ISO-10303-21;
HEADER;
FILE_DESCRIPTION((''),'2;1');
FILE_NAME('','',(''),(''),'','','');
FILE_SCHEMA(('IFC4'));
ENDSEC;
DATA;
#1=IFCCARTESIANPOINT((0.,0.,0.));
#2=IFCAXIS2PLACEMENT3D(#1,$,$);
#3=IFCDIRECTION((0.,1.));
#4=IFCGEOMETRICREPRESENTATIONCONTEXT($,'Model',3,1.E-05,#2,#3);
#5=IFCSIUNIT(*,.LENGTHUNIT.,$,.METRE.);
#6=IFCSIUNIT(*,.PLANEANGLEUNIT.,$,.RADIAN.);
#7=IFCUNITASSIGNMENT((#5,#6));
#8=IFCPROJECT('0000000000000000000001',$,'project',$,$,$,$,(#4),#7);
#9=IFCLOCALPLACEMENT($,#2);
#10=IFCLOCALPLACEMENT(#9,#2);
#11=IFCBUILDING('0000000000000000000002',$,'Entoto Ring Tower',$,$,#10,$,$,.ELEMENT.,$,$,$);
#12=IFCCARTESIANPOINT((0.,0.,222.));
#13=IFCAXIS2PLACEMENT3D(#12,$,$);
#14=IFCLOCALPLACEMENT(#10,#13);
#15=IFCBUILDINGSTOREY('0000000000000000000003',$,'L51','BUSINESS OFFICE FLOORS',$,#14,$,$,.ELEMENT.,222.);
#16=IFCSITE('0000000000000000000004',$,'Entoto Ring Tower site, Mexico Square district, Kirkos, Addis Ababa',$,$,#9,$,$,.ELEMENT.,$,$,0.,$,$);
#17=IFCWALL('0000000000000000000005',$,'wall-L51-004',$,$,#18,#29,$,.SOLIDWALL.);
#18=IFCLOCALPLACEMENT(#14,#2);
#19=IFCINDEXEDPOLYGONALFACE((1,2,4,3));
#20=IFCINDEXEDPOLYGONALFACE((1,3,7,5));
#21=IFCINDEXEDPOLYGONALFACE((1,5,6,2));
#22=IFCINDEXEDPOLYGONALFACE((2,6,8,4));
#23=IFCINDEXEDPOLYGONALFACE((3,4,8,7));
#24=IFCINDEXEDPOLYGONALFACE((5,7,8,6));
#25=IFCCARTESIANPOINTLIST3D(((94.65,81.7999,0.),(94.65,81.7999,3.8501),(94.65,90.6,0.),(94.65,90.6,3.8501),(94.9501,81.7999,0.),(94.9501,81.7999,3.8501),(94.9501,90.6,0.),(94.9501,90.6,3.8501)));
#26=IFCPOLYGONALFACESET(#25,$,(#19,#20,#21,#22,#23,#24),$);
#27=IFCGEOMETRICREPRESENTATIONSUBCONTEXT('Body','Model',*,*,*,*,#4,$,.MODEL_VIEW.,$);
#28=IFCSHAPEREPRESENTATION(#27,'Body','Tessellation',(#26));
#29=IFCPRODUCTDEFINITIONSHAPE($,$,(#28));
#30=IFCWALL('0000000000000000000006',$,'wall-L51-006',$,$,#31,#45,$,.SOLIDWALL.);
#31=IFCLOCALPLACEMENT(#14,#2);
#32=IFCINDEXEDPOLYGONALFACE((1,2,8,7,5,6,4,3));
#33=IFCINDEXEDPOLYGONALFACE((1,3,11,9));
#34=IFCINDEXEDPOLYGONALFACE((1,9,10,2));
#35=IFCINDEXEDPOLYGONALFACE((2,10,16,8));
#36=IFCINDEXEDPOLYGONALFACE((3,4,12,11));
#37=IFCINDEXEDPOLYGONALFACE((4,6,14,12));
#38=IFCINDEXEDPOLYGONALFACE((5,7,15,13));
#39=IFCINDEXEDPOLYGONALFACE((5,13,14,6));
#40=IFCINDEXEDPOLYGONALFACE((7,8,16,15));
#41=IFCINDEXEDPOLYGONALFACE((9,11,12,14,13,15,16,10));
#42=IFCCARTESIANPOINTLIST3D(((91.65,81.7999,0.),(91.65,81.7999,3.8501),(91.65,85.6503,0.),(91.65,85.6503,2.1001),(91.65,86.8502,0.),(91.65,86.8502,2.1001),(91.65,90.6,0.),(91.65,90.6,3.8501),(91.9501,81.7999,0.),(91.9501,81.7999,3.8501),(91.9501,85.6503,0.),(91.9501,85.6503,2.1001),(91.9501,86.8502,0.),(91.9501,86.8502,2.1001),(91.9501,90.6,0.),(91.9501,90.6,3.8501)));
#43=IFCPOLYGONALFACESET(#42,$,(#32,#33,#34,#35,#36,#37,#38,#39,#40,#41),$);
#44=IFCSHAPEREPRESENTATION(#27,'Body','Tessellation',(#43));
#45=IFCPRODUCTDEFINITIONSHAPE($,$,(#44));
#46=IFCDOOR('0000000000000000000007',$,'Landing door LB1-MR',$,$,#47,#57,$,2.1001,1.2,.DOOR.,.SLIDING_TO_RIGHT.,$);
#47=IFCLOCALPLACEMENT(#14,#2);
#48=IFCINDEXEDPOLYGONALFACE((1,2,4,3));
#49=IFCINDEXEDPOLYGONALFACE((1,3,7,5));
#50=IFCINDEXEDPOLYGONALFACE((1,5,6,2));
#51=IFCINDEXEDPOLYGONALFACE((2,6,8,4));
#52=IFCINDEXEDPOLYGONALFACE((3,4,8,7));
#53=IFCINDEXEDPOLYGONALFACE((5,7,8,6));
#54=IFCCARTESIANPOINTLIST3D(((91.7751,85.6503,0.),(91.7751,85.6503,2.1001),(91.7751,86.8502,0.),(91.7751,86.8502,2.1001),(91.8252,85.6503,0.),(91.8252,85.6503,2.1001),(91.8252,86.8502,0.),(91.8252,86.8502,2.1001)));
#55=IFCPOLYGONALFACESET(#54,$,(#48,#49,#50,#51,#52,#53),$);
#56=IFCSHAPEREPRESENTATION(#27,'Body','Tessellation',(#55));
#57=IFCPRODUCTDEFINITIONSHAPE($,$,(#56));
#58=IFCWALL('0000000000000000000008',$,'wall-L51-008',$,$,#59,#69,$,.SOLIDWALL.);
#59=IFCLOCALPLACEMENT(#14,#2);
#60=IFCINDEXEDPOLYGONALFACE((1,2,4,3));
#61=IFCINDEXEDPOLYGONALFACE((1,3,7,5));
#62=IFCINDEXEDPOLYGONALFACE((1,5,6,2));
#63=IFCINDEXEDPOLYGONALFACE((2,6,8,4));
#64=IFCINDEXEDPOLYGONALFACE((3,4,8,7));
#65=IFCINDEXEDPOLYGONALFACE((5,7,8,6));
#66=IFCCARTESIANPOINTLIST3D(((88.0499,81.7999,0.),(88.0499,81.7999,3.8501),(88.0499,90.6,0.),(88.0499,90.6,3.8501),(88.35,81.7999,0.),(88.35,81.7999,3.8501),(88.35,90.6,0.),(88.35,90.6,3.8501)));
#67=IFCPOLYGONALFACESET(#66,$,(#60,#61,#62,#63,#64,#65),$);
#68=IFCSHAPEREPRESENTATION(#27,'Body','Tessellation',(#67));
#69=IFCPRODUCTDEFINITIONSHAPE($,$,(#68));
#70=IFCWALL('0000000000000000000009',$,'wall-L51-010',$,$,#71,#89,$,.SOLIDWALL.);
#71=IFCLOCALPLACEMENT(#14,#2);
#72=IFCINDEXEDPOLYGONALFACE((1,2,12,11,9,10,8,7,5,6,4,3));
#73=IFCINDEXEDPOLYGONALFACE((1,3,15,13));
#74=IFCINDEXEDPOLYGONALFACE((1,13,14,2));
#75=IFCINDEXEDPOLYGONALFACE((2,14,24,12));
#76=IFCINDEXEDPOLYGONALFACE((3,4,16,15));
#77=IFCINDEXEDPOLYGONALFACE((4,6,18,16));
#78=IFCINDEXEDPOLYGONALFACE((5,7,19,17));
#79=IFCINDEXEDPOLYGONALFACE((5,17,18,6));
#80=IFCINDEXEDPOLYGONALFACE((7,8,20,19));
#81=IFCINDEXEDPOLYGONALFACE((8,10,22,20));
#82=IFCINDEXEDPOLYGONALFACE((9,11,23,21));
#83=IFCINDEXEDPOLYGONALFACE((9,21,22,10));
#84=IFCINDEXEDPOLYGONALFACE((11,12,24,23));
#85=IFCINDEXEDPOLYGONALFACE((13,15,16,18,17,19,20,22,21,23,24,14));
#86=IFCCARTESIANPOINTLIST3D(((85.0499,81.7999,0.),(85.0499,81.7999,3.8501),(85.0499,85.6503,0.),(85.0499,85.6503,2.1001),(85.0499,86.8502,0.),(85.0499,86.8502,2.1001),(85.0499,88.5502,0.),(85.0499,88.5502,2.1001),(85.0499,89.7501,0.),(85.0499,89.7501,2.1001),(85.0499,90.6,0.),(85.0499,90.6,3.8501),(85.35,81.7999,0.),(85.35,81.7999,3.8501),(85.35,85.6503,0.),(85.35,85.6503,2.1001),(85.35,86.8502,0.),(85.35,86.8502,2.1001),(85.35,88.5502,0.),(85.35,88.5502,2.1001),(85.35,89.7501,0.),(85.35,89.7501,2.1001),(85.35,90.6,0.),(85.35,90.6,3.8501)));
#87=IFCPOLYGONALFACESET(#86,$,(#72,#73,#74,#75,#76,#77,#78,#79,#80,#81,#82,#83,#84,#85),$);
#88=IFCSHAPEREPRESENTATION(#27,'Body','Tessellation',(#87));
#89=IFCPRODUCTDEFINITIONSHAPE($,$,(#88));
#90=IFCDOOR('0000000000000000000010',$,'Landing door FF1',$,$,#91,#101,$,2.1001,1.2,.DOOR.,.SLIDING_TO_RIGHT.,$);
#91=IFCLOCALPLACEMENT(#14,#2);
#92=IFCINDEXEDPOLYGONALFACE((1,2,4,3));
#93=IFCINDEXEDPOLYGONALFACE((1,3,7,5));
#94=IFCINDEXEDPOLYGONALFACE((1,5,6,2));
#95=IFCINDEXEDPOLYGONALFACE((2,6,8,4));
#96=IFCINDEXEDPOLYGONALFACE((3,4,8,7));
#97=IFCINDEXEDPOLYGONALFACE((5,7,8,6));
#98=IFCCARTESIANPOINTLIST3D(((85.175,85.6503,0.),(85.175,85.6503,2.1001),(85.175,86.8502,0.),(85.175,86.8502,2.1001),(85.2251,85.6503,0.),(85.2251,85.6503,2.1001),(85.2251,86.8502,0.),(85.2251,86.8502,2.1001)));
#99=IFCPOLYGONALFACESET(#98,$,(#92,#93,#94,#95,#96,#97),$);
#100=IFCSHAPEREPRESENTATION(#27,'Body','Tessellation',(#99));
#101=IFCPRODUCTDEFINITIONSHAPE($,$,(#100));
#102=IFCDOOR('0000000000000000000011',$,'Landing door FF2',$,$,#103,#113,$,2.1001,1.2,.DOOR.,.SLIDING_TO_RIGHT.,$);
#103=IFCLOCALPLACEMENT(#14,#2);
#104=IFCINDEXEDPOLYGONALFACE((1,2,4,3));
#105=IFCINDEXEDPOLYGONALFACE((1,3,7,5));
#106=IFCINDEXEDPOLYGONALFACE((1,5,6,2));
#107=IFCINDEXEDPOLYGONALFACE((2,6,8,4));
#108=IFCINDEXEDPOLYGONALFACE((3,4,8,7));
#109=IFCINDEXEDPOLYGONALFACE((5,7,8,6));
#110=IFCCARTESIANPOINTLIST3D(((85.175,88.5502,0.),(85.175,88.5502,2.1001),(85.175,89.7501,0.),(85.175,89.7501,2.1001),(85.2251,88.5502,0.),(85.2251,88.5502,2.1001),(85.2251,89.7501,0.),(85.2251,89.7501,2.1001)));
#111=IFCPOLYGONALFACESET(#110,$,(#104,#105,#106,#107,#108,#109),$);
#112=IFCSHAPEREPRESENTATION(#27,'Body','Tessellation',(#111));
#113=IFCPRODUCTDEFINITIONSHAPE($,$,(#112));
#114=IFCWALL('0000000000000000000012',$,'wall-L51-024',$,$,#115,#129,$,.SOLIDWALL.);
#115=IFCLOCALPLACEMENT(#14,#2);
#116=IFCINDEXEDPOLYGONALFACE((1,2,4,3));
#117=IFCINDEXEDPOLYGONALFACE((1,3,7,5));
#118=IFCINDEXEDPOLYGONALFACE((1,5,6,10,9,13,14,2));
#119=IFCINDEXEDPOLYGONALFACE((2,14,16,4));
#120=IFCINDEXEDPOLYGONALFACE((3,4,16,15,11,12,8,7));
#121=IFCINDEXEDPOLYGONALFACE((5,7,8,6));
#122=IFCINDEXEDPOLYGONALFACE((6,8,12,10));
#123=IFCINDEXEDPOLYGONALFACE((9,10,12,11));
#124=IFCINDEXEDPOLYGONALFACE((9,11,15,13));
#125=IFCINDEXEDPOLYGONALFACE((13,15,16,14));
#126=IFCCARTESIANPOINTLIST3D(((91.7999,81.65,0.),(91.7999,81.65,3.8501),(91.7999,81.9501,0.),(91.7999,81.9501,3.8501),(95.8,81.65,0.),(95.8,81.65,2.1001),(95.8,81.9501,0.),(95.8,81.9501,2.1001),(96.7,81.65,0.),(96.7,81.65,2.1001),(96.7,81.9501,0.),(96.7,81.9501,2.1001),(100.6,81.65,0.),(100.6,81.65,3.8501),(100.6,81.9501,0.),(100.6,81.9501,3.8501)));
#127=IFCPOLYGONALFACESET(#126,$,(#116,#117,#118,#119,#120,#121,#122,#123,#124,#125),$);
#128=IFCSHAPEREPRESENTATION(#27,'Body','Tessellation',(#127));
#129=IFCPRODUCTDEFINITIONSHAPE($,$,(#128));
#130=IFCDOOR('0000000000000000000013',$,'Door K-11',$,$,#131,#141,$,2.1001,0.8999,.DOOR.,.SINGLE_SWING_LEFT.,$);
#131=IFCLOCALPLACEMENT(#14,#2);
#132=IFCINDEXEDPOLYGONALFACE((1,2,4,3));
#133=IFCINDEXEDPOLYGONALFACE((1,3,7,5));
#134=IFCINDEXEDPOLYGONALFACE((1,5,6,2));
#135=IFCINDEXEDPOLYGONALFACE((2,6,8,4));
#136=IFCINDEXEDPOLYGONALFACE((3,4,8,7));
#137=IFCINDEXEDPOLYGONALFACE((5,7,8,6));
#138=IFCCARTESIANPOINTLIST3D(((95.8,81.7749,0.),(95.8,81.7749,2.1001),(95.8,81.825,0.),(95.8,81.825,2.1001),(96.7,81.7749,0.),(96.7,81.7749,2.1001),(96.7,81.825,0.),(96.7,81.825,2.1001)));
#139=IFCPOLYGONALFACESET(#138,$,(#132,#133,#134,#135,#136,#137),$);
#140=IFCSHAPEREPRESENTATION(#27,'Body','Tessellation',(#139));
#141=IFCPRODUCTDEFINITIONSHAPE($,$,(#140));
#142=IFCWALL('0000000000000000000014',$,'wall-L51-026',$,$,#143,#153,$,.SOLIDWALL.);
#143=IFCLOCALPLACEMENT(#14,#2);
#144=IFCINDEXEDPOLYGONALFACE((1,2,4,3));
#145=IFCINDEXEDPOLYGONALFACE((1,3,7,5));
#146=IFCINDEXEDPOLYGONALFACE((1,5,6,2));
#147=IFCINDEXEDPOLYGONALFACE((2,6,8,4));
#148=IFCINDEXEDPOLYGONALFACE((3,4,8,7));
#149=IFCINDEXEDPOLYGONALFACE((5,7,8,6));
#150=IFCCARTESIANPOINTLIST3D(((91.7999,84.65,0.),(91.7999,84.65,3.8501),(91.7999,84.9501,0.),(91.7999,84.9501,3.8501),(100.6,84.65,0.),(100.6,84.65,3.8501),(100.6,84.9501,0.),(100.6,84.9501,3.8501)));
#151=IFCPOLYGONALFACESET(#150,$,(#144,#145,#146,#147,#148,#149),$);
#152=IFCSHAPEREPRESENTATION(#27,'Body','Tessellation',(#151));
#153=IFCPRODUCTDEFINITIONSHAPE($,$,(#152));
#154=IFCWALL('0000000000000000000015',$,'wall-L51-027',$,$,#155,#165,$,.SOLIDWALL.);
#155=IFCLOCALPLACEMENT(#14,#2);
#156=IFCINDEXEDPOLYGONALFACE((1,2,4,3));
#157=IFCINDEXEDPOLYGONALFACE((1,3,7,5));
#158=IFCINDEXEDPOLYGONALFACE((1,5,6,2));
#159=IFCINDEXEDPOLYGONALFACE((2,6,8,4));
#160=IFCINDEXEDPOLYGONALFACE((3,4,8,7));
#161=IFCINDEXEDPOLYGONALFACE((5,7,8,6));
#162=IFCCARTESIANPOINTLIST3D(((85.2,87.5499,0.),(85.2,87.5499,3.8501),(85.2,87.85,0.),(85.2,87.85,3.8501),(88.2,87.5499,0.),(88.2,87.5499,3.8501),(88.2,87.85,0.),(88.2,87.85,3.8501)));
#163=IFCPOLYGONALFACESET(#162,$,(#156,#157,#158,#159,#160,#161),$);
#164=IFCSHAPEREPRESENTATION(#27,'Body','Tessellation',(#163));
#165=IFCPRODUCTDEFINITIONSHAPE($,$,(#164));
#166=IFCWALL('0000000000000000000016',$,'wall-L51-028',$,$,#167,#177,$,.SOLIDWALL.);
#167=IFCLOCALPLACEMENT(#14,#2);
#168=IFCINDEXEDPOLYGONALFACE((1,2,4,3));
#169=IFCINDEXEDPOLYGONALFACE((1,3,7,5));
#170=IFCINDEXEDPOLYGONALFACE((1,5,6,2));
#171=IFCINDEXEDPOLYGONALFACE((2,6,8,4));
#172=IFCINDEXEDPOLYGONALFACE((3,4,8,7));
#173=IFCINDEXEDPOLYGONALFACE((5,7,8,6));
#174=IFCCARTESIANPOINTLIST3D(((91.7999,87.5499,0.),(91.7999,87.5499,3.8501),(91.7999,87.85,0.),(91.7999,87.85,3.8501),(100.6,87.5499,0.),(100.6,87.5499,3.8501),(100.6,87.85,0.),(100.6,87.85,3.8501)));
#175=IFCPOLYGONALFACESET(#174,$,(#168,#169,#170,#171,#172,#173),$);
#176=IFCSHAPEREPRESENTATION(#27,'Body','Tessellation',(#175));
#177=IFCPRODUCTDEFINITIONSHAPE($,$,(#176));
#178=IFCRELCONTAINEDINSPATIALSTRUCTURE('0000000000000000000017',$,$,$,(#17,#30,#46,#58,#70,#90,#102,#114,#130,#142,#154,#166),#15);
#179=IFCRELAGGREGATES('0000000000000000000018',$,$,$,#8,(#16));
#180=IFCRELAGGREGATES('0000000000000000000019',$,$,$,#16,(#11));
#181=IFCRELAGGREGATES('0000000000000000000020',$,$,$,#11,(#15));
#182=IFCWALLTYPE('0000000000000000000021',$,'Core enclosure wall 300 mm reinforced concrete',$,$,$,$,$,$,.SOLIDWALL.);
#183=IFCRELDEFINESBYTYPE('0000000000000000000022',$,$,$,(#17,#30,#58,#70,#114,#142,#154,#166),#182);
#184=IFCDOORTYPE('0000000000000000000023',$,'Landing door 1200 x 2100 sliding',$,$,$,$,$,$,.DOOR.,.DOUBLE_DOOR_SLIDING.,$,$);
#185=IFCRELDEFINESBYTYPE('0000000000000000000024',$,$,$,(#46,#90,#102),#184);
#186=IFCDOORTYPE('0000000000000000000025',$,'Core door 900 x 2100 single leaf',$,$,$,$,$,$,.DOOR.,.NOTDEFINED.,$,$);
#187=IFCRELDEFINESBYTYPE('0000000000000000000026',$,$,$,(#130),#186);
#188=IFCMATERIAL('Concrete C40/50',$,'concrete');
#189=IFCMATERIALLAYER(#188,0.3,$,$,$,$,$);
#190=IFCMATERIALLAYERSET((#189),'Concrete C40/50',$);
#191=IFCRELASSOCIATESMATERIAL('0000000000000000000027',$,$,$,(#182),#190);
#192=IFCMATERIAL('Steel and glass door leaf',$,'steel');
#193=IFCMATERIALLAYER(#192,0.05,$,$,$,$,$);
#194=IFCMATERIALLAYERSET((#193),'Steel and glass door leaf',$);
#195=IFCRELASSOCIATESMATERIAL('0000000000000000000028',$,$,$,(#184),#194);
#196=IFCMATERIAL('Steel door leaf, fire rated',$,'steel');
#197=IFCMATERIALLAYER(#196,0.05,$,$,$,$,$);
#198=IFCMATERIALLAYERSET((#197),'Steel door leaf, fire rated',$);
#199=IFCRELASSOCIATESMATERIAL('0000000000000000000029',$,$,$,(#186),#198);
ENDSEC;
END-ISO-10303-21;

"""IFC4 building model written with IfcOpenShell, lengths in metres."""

from ifc_helpers import new_model, si_unit, direction, frame, frame_2d, origin, place, context, subcontext, project, spatial, rectangle, extrude, material, layer, layer_set, type_object, element, fill, save


model = new_model("IFC4")

# Units and contexts
model_context = context("Model", 3, precision=1e-05, world=origin(), true_north=direction((0.0, 1.0)))
body_context = subcontext(model_context, "Body", "Model", "MODEL_VIEW")
ifc_project = project(units=[si_unit("LENGTHUNIT", "METRE"), si_unit("PLANEANGLEUNIT", "RADIAN")], contexts=[model_context])

# Site, building, storey
site_placement = place(None, origin())
site = spatial("IfcSite", under=ifc_project, at=site_placement, Name="Entoto Ring Tower site, Mexico Square district, Kirkos, Addis Ababa", CompositionType="ELEMENT", RefElevation=0.0)
building_placement = place(site_placement, origin())
building = spatial("IfcBuilding", under=site, at=building_placement, Name="Entoto Ring Tower", CompositionType="ELEMENT")
storey_placement = place(building_placement, frame((0.0, 0.0, 222.0)))
storey = spatial("IfcBuildingStorey", under=building, at=storey_placement, Name="L51", Description="BUSINESS OFFICE FLOORS", CompositionType="ELEMENT", Elevation=222.0)

# Wall
ifc_material_1 = material(Name="Concrete C40/50", Category="concrete")
ifc_layer_1 = layer(ifc_material_1, 0.3)
ifc_layer_set_1 = layer_set([ifc_layer_1], Name="Concrete C40/50")
wall_type_1 = type_object("IfcWallType", Name="Core enclosure wall 300 mm reinforced concrete", PredefinedType="SOLIDWALL", material=ifc_layer_set_1)
wall_1_placement = place(storey_placement, frame((94.8, 81.8, 0.0), z_axis=(0.0, 0.0, 1.0), x_axis=(0.0, 1.0, 0.0)))
element("IfcWall", 1, at=wall_1_placement, inside=storey, type_object=wall_type_1, Name="wall-L51-004", PredefinedType="SOLIDWALL", context=body_context, shape_type="SweptSolid", body=[
    extrude(rectangle(XDim=8.8, YDim=0.3, at=frame_2d((4.3999, 0.0))), origin(), (0.0, 0.0, 1.0), 3.8501),
])

# Wall, opening, door
wall_2_placement = place(storey_placement, frame((91.8, 81.8, 0.0), z_axis=(0.0, 0.0, 1.0), x_axis=(0.0, 1.0, 0.0)))
wall_2 = element("IfcWall", 2, at=wall_2_placement, inside=storey, type_object=wall_type_1, Name="wall-L51-006", PredefinedType="SOLIDWALL", context=body_context, shape_type="SweptSolid", body=[
    extrude(rectangle(XDim=8.8, YDim=0.3, at=frame_2d((4.3999, 0.0))), origin(), (0.0, 0.0, 1.0), 3.8501),
])
opening_1_placement = place(wall_2_placement, frame((3.8501, 0.0, 0.0)))
opening_1 = element("IfcOpeningElement", 3, at=opening_1_placement, cuts=wall_2, PredefinedType="OPENING", context=body_context, shape_type="SweptSolid", body=[
    extrude(rectangle(XDim=1.2, YDim=2.1001, at=frame_2d((0.6001, 1.05))), frame((0.0, 0.1602, 0.0), z_axis=(0.0, -1.0, 0.0), x_axis=(1.0, 0.0, 0.0)), (0.0, 0.0, 1.0), 0.3201),
])
ifc_material_2 = material(Name="Steel and glass door leaf", Category="steel")
ifc_layer_2 = layer(ifc_material_2, 0.05)
ifc_layer_set_2 = layer_set([ifc_layer_2], Name="Steel and glass door leaf")
door_type_1 = type_object("IfcDoorType", Name="Landing door 1200 x 2100 sliding", OperationType="DOUBLE_DOOR_SLIDING", PredefinedType="DOOR", material=ifc_layer_set_2)
door_1_placement = place(opening_1_placement, origin())
door_1 = element("IfcDoor", 4, at=door_1_placement, inside=storey, type_object=door_type_1, Name="Landing door LB1-MR", OperationType="SLIDING_TO_RIGHT", OverallHeight=2.1001, OverallWidth=1.2, PredefinedType="DOOR", context=body_context, shape_type="SweptSolid", body=[
    extrude(rectangle(XDim=1.2, YDim=2.1001, at=frame_2d((0.6001, 1.05))), frame((0.0, 0.0249, 0.0), z_axis=(0.0, -1.0, 0.0), x_axis=(1.0, 0.0, 0.0)), (0.0, 0.0, 1.0), 0.05),
])
fill(opening_1, door_1)

# Wall
wall_3_placement = place(storey_placement, frame((88.2, 81.8, 0.0), z_axis=(0.0, 0.0, 1.0), x_axis=(0.0, 1.0, 0.0)))
element("IfcWall", 5, at=wall_3_placement, inside=storey, type_object=wall_type_1, Name="wall-L51-008", PredefinedType="SOLIDWALL", context=body_context, shape_type="SweptSolid", body=[
    extrude(rectangle(XDim=8.8, YDim=0.3, at=frame_2d((4.3999, 0.0))), origin(), (0.0, 0.0, 1.0), 3.8501),
])

# Wall, openings, doors
wall_4_placement = place(storey_placement, frame((85.2, 81.8, 0.0), z_axis=(0.0, 0.0, 1.0), x_axis=(0.0, 1.0, 0.0)))
wall_4 = element("IfcWall", 6, at=wall_4_placement, inside=storey, type_object=wall_type_1, Name="wall-L51-010", PredefinedType="SOLIDWALL", context=body_context, shape_type="SweptSolid", body=[
    extrude(rectangle(XDim=8.8, YDim=0.3, at=frame_2d((4.3999, 0.0))), origin(), (0.0, 0.0, 1.0), 3.8501),
])
opening_2_placement = place(wall_4_placement, frame((3.8501, 0.0, 0.0)))
opening_2 = element("IfcOpeningElement", 7, at=opening_2_placement, cuts=wall_4, PredefinedType="OPENING", context=body_context, shape_type="SweptSolid", body=[
    extrude(rectangle(XDim=1.2, YDim=2.1001, at=frame_2d((0.6001, 1.05))), frame((0.0, 0.1602, 0.0), z_axis=(0.0, -1.0, 0.0), x_axis=(1.0, 0.0, 0.0)), (0.0, 0.0, 1.0), 0.3201),
])
opening_3_placement = place(wall_4_placement, frame((6.75, 0.0, 0.0)))
opening_3 = element("IfcOpeningElement", 8, at=opening_3_placement, cuts=wall_4, PredefinedType="OPENING", context=body_context, shape_type="SweptSolid", body=[
    extrude(rectangle(XDim=1.2, YDim=2.1001, at=frame_2d((0.6001, 1.05))), frame((0.0, 0.1602, 0.0), z_axis=(0.0, -1.0, 0.0), x_axis=(1.0, 0.0, 0.0)), (0.0, 0.0, 1.0), 0.3201),
])
door_2_placement = place(opening_2_placement, origin())
door_2 = element("IfcDoor", 9, at=door_2_placement, inside=storey, type_object=door_type_1, Name="Landing door FF1", OperationType="SLIDING_TO_RIGHT", OverallHeight=2.1001, OverallWidth=1.2, PredefinedType="DOOR", context=body_context, shape_type="SweptSolid", body=[
    extrude(rectangle(XDim=1.2, YDim=2.1001, at=frame_2d((0.6001, 1.05))), frame((0.0, 0.0249, 0.0), z_axis=(0.0, -1.0, 0.0), x_axis=(1.0, 0.0, 0.0)), (0.0, 0.0, 1.0), 0.05),
])
fill(opening_2, door_2)
door_3_placement = place(opening_3_placement, origin())
door_3 = element("IfcDoor", 10, at=door_3_placement, inside=storey, type_object=door_type_1, Name="Landing door FF2", OperationType="SLIDING_TO_RIGHT", OverallHeight=2.1001, OverallWidth=1.2, PredefinedType="DOOR", context=body_context, shape_type="SweptSolid", body=[
    extrude(rectangle(XDim=1.2, YDim=2.1001, at=frame_2d((0.6001, 1.05))), frame((0.0, 0.0249, 0.0), z_axis=(0.0, -1.0, 0.0), x_axis=(1.0, 0.0, 0.0)), (0.0, 0.0, 1.0), 0.05),
])
fill(opening_3, door_3)

# Wall, opening, door
wall_5_placement = place(storey_placement, frame((91.8, 81.8, 0.0), z_axis=(0.0, 0.0, 1.0), x_axis=(1.0, 0.0, 0.0)))
wall_5 = element("IfcWall", 11, at=wall_5_placement, inside=storey, type_object=wall_type_1, Name="wall-L51-024", PredefinedType="SOLIDWALL", context=body_context, shape_type="SweptSolid", body=[
    extrude(rectangle(XDim=8.8, YDim=0.3, at=frame_2d((4.3999, 0.0))), origin(), (0.0, 0.0, 1.0), 3.8501),
])
opening_4_placement = place(wall_5_placement, frame((4.0, 0.0, 0.0)))
opening_4 = element("IfcOpeningElement", 12, at=opening_4_placement, cuts=wall_5, PredefinedType="OPENING", context=body_context, shape_type="SweptSolid", body=[
    extrude(rectangle(XDim=0.8999, YDim=2.1001, at=frame_2d((0.45, 1.05))), frame((0.0, 0.1602, 0.0), z_axis=(0.0, -1.0, 0.0), x_axis=(1.0, 0.0, 0.0)), (0.0, 0.0, 1.0), 0.3201),
])
ifc_material_3 = material(Name="Steel door leaf, fire rated", Category="steel")
ifc_layer_3 = layer(ifc_material_3, 0.05)
ifc_layer_set_3 = layer_set([ifc_layer_3], Name="Steel door leaf, fire rated")
door_type_2 = type_object("IfcDoorType", Name="Core door 900 x 2100 single leaf", OperationType="NOTDEFINED", PredefinedType="DOOR", material=ifc_layer_set_3)
door_4_placement = place(opening_4_placement, origin())
door_4 = element("IfcDoor", 13, at=door_4_placement, inside=storey, type_object=door_type_2, Name="Door K-11", OperationType="SINGLE_SWING_LEFT", OverallHeight=2.1001, OverallWidth=0.8999, PredefinedType="DOOR", context=body_context, shape_type="SweptSolid", body=[
    extrude(rectangle(XDim=0.8999, YDim=2.1001, at=frame_2d((0.45, 1.05))), frame((0.0, 0.0249, 0.0), z_axis=(0.0, -1.0, 0.0), x_axis=(1.0, 0.0, 0.0)), (0.0, 0.0, 1.0), 0.05),
])
fill(opening_4, door_4)

# Walls
wall_6_placement = place(storey_placement, frame((91.8, 84.8, 0.0), z_axis=(0.0, 0.0, 1.0), x_axis=(1.0, 0.0, 0.0)))
element("IfcWall", 14, at=wall_6_placement, inside=storey, type_object=wall_type_1, Name="wall-L51-026", PredefinedType="SOLIDWALL", context=body_context, shape_type="SweptSolid", body=[
    extrude(rectangle(XDim=8.8, YDim=0.3, at=frame_2d((4.3999, 0.0))), origin(), (0.0, 0.0, 1.0), 3.8501),
])
wall_7_placement = place(storey_placement, frame((85.2, 87.7, 0.0), z_axis=(0.0, 0.0, 1.0), x_axis=(1.0, 0.0, 0.0)))
element("IfcWall", 15, at=wall_7_placement, inside=storey, type_object=wall_type_1, Name="wall-L51-027", PredefinedType="SOLIDWALL", context=body_context, shape_type="SweptSolid", body=[
    extrude(rectangle(XDim=3.0, YDim=0.3, at=frame_2d((1.5, 0.0))), origin(), (0.0, 0.0, 1.0), 3.8501),
])
wall_8_placement = place(storey_placement, frame((91.8, 87.7, 0.0), z_axis=(0.0, 0.0, 1.0), x_axis=(1.0, 0.0, 0.0)))
element("IfcWall", 16, at=wall_8_placement, inside=storey, type_object=wall_type_1, Name="wall-L51-028", PredefinedType="SOLIDWALL", context=body_context, shape_type="SweptSolid", body=[
    extrude(rectangle(XDim=8.8, YDim=0.3, at=frame_2d((4.3999, 0.0))), origin(), (0.0, 0.0, 1.0), 3.8501),
])

save(model, "model.ifc")
